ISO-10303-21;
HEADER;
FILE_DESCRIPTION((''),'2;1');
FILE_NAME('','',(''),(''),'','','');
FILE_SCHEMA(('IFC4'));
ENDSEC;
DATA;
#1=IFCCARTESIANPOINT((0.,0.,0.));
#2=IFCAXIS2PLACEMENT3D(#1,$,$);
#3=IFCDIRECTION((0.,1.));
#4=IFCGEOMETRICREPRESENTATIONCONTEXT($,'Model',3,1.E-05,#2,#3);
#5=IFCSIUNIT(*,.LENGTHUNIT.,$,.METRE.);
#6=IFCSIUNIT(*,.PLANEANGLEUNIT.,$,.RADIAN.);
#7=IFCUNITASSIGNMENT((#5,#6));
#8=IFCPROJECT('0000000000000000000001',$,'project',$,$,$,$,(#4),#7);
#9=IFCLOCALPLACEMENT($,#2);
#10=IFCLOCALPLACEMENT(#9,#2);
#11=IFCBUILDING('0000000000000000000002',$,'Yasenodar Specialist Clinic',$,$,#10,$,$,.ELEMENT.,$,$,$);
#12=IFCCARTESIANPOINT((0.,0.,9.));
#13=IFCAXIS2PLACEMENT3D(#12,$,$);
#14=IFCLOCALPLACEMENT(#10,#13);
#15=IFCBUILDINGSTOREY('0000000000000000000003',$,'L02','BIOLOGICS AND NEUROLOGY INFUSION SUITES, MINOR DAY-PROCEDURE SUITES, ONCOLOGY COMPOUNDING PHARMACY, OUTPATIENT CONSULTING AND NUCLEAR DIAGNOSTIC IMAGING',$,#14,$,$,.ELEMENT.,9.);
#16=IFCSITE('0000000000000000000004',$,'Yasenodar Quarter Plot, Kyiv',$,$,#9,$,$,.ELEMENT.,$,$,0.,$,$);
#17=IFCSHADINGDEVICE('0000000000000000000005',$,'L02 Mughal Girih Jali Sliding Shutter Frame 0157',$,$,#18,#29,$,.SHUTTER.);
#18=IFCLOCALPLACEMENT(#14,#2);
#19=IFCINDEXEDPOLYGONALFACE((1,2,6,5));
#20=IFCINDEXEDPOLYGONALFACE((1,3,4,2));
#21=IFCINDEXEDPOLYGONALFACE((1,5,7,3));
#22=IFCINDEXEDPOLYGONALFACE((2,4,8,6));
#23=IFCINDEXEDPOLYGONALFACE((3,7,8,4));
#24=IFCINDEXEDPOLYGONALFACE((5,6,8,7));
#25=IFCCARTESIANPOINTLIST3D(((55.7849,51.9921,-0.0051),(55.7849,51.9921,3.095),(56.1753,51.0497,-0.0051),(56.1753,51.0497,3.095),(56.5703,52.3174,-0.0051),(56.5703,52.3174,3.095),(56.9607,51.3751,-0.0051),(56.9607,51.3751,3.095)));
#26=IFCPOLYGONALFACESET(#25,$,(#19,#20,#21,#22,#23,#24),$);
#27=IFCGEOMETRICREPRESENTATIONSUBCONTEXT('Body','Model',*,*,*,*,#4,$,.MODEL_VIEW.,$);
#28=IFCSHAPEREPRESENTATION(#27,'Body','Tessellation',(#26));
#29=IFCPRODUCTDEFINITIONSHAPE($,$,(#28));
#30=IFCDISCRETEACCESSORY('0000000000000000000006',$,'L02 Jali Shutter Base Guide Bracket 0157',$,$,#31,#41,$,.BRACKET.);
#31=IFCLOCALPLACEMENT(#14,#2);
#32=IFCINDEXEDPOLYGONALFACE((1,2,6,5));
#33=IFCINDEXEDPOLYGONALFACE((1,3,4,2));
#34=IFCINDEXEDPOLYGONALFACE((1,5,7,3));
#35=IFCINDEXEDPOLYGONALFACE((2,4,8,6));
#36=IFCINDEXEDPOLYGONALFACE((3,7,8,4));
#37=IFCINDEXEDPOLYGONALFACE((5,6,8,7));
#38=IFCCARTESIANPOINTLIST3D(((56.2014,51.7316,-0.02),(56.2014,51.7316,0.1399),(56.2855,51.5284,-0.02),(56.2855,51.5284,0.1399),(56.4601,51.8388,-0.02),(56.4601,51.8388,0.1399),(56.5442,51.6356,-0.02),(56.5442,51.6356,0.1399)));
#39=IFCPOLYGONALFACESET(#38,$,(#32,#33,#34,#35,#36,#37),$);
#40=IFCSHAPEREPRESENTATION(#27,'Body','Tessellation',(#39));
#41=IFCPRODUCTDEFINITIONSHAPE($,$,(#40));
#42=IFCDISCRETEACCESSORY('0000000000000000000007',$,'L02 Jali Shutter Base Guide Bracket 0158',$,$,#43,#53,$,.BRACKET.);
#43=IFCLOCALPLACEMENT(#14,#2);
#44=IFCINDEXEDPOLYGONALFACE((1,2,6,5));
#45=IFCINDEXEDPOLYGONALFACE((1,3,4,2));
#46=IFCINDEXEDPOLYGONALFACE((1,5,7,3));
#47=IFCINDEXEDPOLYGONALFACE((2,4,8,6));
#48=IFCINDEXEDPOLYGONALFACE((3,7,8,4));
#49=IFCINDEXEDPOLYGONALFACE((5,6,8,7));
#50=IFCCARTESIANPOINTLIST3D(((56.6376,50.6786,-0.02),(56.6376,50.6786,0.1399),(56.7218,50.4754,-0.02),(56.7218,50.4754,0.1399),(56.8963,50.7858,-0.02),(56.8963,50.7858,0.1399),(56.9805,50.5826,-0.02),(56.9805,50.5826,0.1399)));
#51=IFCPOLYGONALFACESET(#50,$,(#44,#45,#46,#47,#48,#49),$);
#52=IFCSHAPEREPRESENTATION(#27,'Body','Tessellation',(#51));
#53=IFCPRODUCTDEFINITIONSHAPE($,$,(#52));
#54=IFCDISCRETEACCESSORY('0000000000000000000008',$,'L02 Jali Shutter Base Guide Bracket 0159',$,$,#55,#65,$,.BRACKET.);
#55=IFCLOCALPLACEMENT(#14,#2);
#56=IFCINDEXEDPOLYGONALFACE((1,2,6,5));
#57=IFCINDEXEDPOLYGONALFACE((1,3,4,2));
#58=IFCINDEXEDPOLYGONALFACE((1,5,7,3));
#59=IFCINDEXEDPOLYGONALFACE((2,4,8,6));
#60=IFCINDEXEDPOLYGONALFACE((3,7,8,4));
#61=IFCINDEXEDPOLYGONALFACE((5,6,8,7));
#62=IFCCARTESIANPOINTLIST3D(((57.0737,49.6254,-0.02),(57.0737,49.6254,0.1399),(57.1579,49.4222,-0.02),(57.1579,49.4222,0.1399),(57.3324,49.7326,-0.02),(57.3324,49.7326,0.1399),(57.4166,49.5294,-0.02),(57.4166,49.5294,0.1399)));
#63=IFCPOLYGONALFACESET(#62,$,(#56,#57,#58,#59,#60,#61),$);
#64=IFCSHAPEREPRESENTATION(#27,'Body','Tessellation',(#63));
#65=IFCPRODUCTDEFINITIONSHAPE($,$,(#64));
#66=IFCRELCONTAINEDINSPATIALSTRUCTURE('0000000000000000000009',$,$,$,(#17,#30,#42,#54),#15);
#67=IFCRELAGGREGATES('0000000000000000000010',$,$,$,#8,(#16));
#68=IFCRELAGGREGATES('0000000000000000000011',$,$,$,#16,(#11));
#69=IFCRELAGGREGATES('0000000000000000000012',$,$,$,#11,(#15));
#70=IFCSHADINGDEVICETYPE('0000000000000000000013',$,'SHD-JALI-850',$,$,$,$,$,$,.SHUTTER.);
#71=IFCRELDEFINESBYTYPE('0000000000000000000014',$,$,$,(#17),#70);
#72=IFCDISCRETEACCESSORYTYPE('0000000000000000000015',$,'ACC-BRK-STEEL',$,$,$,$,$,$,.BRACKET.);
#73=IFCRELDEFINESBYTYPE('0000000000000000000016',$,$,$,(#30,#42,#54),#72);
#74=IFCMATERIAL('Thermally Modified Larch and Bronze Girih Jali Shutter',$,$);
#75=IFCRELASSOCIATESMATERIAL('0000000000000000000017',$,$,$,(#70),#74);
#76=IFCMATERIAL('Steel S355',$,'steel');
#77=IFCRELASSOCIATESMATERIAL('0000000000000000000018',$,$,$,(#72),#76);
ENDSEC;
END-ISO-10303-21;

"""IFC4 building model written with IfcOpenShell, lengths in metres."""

from ifc_helpers import new_model, si_unit, direction, frame, origin, origin_2d, place, context, subcontext, project, spatial, rectangle, extrude, material, type_object, element, save


model = new_model("IFC4")

# Units and contexts
model_context = context("Model", 3, precision=1e-05, world=origin(), true_north=direction((0.0, 1.0)))
body_context = subcontext(model_context, "Body", "Model", "MODEL_VIEW")
ifc_project = project(units=[si_unit("LENGTHUNIT", "METRE"), si_unit("PLANEANGLEUNIT", "RADIAN")], contexts=[model_context])

# Site, building, storey
site_placement = place(None, origin())
site = spatial("IfcSite", under=ifc_project, at=site_placement, Name="Yasenodar Quarter Plot, Kyiv", CompositionType="ELEMENT", RefElevation=0.0)
building_placement = place(site_placement, origin())
building = spatial("IfcBuilding", under=site, at=building_placement, Name="Yasenodar Specialist Clinic", CompositionType="ELEMENT")
storey_placement = place(building_placement, frame((0.0, 0.0, 9.0)))
storey = spatial("IfcBuildingStorey", under=building, at=storey_placement, Name="L02", Description="BIOLOGICS AND NEUROLOGY INFUSION SUITES, MINOR DAY-PROCEDURE SUITES, ONCOLOGY COMPOUNDING PHARMACY, OUTPATIENT CONSULTING AND NUCLEAR DIAGNOSTIC IMAGING", CompositionType="ELEMENT", Elevation=9.0)

# Shared definitions
ifc_material_1 = material(Name="Steel S355", Category="steel")

# Shading device
ifc_material_2 = material(Name="Thermally Modified Larch and Bronze Girih Jali Shutter")
shading_device_type = type_object("IfcShadingDeviceType", Name="SHD-JALI-850", PredefinedType="SHUTTER", material=ifc_material_2)
shading_device_placement = place(storey_placement, frame((56.3728, 51.6836, -0.0051), z_axis=(0.0, 0.0, 1.0), x_axis=(0.382687, -0.923878, 0.0)))
element("IfcShadingDevice", 1, at=shading_device_placement, inside=storey, type_object=shading_device_type, Name="L02 Mughal Girih Jali Sliding Shutter Frame 0157", PredefinedType="SHUTTER", context=body_context, shape_type="SweptSolid", body=[
    extrude(rectangle(XDim=1.02, YDim=0.8501, at=origin_2d()), origin(), (0.0, 0.0, 1.0), 3.1001),
])

# Discrete accessories
discrete_accessory_type = type_object("IfcDiscreteAccessoryType", Name="ACC-BRK-STEEL", PredefinedType="BRACKET", material=ifc_material_1)
for number, where, z_axis, x_axis, name in (
    (2, (56.3728, 51.6836, -0.02), (0.0, 0.0, 1.0), (0.382687, -0.923878, 0.0), "L02 Jali Shutter Base Guide Bracket 0157"),
    (3, (56.8091, 50.6306, -0.02), (0.0, 0.0, 1.0), (0.382687, -0.923878, 0.0), "L02 Jali Shutter Base Guide Bracket 0158"),
    (4, (57.2451, 49.5774, -0.02), (0.0, 0.0, 1.0), (0.382687, -0.923878, 0.0), "L02 Jali Shutter Base Guide Bracket 0159"),
):
    element("IfcDiscreteAccessory", number, at=place(storey_placement, frame(where, z_axis=z_axis, x_axis=x_axis)), inside=storey, type_object=discrete_accessory_type, Name=name, PredefinedType="BRACKET", context=body_context, shape_type="SweptSolid", body=[
        extrude(rectangle(XDim=0.22, YDim=0.28, at=origin_2d()), origin(), (0.0, 0.0, 1.0), 0.1599),
    ])

save(model, "model.ifc")
